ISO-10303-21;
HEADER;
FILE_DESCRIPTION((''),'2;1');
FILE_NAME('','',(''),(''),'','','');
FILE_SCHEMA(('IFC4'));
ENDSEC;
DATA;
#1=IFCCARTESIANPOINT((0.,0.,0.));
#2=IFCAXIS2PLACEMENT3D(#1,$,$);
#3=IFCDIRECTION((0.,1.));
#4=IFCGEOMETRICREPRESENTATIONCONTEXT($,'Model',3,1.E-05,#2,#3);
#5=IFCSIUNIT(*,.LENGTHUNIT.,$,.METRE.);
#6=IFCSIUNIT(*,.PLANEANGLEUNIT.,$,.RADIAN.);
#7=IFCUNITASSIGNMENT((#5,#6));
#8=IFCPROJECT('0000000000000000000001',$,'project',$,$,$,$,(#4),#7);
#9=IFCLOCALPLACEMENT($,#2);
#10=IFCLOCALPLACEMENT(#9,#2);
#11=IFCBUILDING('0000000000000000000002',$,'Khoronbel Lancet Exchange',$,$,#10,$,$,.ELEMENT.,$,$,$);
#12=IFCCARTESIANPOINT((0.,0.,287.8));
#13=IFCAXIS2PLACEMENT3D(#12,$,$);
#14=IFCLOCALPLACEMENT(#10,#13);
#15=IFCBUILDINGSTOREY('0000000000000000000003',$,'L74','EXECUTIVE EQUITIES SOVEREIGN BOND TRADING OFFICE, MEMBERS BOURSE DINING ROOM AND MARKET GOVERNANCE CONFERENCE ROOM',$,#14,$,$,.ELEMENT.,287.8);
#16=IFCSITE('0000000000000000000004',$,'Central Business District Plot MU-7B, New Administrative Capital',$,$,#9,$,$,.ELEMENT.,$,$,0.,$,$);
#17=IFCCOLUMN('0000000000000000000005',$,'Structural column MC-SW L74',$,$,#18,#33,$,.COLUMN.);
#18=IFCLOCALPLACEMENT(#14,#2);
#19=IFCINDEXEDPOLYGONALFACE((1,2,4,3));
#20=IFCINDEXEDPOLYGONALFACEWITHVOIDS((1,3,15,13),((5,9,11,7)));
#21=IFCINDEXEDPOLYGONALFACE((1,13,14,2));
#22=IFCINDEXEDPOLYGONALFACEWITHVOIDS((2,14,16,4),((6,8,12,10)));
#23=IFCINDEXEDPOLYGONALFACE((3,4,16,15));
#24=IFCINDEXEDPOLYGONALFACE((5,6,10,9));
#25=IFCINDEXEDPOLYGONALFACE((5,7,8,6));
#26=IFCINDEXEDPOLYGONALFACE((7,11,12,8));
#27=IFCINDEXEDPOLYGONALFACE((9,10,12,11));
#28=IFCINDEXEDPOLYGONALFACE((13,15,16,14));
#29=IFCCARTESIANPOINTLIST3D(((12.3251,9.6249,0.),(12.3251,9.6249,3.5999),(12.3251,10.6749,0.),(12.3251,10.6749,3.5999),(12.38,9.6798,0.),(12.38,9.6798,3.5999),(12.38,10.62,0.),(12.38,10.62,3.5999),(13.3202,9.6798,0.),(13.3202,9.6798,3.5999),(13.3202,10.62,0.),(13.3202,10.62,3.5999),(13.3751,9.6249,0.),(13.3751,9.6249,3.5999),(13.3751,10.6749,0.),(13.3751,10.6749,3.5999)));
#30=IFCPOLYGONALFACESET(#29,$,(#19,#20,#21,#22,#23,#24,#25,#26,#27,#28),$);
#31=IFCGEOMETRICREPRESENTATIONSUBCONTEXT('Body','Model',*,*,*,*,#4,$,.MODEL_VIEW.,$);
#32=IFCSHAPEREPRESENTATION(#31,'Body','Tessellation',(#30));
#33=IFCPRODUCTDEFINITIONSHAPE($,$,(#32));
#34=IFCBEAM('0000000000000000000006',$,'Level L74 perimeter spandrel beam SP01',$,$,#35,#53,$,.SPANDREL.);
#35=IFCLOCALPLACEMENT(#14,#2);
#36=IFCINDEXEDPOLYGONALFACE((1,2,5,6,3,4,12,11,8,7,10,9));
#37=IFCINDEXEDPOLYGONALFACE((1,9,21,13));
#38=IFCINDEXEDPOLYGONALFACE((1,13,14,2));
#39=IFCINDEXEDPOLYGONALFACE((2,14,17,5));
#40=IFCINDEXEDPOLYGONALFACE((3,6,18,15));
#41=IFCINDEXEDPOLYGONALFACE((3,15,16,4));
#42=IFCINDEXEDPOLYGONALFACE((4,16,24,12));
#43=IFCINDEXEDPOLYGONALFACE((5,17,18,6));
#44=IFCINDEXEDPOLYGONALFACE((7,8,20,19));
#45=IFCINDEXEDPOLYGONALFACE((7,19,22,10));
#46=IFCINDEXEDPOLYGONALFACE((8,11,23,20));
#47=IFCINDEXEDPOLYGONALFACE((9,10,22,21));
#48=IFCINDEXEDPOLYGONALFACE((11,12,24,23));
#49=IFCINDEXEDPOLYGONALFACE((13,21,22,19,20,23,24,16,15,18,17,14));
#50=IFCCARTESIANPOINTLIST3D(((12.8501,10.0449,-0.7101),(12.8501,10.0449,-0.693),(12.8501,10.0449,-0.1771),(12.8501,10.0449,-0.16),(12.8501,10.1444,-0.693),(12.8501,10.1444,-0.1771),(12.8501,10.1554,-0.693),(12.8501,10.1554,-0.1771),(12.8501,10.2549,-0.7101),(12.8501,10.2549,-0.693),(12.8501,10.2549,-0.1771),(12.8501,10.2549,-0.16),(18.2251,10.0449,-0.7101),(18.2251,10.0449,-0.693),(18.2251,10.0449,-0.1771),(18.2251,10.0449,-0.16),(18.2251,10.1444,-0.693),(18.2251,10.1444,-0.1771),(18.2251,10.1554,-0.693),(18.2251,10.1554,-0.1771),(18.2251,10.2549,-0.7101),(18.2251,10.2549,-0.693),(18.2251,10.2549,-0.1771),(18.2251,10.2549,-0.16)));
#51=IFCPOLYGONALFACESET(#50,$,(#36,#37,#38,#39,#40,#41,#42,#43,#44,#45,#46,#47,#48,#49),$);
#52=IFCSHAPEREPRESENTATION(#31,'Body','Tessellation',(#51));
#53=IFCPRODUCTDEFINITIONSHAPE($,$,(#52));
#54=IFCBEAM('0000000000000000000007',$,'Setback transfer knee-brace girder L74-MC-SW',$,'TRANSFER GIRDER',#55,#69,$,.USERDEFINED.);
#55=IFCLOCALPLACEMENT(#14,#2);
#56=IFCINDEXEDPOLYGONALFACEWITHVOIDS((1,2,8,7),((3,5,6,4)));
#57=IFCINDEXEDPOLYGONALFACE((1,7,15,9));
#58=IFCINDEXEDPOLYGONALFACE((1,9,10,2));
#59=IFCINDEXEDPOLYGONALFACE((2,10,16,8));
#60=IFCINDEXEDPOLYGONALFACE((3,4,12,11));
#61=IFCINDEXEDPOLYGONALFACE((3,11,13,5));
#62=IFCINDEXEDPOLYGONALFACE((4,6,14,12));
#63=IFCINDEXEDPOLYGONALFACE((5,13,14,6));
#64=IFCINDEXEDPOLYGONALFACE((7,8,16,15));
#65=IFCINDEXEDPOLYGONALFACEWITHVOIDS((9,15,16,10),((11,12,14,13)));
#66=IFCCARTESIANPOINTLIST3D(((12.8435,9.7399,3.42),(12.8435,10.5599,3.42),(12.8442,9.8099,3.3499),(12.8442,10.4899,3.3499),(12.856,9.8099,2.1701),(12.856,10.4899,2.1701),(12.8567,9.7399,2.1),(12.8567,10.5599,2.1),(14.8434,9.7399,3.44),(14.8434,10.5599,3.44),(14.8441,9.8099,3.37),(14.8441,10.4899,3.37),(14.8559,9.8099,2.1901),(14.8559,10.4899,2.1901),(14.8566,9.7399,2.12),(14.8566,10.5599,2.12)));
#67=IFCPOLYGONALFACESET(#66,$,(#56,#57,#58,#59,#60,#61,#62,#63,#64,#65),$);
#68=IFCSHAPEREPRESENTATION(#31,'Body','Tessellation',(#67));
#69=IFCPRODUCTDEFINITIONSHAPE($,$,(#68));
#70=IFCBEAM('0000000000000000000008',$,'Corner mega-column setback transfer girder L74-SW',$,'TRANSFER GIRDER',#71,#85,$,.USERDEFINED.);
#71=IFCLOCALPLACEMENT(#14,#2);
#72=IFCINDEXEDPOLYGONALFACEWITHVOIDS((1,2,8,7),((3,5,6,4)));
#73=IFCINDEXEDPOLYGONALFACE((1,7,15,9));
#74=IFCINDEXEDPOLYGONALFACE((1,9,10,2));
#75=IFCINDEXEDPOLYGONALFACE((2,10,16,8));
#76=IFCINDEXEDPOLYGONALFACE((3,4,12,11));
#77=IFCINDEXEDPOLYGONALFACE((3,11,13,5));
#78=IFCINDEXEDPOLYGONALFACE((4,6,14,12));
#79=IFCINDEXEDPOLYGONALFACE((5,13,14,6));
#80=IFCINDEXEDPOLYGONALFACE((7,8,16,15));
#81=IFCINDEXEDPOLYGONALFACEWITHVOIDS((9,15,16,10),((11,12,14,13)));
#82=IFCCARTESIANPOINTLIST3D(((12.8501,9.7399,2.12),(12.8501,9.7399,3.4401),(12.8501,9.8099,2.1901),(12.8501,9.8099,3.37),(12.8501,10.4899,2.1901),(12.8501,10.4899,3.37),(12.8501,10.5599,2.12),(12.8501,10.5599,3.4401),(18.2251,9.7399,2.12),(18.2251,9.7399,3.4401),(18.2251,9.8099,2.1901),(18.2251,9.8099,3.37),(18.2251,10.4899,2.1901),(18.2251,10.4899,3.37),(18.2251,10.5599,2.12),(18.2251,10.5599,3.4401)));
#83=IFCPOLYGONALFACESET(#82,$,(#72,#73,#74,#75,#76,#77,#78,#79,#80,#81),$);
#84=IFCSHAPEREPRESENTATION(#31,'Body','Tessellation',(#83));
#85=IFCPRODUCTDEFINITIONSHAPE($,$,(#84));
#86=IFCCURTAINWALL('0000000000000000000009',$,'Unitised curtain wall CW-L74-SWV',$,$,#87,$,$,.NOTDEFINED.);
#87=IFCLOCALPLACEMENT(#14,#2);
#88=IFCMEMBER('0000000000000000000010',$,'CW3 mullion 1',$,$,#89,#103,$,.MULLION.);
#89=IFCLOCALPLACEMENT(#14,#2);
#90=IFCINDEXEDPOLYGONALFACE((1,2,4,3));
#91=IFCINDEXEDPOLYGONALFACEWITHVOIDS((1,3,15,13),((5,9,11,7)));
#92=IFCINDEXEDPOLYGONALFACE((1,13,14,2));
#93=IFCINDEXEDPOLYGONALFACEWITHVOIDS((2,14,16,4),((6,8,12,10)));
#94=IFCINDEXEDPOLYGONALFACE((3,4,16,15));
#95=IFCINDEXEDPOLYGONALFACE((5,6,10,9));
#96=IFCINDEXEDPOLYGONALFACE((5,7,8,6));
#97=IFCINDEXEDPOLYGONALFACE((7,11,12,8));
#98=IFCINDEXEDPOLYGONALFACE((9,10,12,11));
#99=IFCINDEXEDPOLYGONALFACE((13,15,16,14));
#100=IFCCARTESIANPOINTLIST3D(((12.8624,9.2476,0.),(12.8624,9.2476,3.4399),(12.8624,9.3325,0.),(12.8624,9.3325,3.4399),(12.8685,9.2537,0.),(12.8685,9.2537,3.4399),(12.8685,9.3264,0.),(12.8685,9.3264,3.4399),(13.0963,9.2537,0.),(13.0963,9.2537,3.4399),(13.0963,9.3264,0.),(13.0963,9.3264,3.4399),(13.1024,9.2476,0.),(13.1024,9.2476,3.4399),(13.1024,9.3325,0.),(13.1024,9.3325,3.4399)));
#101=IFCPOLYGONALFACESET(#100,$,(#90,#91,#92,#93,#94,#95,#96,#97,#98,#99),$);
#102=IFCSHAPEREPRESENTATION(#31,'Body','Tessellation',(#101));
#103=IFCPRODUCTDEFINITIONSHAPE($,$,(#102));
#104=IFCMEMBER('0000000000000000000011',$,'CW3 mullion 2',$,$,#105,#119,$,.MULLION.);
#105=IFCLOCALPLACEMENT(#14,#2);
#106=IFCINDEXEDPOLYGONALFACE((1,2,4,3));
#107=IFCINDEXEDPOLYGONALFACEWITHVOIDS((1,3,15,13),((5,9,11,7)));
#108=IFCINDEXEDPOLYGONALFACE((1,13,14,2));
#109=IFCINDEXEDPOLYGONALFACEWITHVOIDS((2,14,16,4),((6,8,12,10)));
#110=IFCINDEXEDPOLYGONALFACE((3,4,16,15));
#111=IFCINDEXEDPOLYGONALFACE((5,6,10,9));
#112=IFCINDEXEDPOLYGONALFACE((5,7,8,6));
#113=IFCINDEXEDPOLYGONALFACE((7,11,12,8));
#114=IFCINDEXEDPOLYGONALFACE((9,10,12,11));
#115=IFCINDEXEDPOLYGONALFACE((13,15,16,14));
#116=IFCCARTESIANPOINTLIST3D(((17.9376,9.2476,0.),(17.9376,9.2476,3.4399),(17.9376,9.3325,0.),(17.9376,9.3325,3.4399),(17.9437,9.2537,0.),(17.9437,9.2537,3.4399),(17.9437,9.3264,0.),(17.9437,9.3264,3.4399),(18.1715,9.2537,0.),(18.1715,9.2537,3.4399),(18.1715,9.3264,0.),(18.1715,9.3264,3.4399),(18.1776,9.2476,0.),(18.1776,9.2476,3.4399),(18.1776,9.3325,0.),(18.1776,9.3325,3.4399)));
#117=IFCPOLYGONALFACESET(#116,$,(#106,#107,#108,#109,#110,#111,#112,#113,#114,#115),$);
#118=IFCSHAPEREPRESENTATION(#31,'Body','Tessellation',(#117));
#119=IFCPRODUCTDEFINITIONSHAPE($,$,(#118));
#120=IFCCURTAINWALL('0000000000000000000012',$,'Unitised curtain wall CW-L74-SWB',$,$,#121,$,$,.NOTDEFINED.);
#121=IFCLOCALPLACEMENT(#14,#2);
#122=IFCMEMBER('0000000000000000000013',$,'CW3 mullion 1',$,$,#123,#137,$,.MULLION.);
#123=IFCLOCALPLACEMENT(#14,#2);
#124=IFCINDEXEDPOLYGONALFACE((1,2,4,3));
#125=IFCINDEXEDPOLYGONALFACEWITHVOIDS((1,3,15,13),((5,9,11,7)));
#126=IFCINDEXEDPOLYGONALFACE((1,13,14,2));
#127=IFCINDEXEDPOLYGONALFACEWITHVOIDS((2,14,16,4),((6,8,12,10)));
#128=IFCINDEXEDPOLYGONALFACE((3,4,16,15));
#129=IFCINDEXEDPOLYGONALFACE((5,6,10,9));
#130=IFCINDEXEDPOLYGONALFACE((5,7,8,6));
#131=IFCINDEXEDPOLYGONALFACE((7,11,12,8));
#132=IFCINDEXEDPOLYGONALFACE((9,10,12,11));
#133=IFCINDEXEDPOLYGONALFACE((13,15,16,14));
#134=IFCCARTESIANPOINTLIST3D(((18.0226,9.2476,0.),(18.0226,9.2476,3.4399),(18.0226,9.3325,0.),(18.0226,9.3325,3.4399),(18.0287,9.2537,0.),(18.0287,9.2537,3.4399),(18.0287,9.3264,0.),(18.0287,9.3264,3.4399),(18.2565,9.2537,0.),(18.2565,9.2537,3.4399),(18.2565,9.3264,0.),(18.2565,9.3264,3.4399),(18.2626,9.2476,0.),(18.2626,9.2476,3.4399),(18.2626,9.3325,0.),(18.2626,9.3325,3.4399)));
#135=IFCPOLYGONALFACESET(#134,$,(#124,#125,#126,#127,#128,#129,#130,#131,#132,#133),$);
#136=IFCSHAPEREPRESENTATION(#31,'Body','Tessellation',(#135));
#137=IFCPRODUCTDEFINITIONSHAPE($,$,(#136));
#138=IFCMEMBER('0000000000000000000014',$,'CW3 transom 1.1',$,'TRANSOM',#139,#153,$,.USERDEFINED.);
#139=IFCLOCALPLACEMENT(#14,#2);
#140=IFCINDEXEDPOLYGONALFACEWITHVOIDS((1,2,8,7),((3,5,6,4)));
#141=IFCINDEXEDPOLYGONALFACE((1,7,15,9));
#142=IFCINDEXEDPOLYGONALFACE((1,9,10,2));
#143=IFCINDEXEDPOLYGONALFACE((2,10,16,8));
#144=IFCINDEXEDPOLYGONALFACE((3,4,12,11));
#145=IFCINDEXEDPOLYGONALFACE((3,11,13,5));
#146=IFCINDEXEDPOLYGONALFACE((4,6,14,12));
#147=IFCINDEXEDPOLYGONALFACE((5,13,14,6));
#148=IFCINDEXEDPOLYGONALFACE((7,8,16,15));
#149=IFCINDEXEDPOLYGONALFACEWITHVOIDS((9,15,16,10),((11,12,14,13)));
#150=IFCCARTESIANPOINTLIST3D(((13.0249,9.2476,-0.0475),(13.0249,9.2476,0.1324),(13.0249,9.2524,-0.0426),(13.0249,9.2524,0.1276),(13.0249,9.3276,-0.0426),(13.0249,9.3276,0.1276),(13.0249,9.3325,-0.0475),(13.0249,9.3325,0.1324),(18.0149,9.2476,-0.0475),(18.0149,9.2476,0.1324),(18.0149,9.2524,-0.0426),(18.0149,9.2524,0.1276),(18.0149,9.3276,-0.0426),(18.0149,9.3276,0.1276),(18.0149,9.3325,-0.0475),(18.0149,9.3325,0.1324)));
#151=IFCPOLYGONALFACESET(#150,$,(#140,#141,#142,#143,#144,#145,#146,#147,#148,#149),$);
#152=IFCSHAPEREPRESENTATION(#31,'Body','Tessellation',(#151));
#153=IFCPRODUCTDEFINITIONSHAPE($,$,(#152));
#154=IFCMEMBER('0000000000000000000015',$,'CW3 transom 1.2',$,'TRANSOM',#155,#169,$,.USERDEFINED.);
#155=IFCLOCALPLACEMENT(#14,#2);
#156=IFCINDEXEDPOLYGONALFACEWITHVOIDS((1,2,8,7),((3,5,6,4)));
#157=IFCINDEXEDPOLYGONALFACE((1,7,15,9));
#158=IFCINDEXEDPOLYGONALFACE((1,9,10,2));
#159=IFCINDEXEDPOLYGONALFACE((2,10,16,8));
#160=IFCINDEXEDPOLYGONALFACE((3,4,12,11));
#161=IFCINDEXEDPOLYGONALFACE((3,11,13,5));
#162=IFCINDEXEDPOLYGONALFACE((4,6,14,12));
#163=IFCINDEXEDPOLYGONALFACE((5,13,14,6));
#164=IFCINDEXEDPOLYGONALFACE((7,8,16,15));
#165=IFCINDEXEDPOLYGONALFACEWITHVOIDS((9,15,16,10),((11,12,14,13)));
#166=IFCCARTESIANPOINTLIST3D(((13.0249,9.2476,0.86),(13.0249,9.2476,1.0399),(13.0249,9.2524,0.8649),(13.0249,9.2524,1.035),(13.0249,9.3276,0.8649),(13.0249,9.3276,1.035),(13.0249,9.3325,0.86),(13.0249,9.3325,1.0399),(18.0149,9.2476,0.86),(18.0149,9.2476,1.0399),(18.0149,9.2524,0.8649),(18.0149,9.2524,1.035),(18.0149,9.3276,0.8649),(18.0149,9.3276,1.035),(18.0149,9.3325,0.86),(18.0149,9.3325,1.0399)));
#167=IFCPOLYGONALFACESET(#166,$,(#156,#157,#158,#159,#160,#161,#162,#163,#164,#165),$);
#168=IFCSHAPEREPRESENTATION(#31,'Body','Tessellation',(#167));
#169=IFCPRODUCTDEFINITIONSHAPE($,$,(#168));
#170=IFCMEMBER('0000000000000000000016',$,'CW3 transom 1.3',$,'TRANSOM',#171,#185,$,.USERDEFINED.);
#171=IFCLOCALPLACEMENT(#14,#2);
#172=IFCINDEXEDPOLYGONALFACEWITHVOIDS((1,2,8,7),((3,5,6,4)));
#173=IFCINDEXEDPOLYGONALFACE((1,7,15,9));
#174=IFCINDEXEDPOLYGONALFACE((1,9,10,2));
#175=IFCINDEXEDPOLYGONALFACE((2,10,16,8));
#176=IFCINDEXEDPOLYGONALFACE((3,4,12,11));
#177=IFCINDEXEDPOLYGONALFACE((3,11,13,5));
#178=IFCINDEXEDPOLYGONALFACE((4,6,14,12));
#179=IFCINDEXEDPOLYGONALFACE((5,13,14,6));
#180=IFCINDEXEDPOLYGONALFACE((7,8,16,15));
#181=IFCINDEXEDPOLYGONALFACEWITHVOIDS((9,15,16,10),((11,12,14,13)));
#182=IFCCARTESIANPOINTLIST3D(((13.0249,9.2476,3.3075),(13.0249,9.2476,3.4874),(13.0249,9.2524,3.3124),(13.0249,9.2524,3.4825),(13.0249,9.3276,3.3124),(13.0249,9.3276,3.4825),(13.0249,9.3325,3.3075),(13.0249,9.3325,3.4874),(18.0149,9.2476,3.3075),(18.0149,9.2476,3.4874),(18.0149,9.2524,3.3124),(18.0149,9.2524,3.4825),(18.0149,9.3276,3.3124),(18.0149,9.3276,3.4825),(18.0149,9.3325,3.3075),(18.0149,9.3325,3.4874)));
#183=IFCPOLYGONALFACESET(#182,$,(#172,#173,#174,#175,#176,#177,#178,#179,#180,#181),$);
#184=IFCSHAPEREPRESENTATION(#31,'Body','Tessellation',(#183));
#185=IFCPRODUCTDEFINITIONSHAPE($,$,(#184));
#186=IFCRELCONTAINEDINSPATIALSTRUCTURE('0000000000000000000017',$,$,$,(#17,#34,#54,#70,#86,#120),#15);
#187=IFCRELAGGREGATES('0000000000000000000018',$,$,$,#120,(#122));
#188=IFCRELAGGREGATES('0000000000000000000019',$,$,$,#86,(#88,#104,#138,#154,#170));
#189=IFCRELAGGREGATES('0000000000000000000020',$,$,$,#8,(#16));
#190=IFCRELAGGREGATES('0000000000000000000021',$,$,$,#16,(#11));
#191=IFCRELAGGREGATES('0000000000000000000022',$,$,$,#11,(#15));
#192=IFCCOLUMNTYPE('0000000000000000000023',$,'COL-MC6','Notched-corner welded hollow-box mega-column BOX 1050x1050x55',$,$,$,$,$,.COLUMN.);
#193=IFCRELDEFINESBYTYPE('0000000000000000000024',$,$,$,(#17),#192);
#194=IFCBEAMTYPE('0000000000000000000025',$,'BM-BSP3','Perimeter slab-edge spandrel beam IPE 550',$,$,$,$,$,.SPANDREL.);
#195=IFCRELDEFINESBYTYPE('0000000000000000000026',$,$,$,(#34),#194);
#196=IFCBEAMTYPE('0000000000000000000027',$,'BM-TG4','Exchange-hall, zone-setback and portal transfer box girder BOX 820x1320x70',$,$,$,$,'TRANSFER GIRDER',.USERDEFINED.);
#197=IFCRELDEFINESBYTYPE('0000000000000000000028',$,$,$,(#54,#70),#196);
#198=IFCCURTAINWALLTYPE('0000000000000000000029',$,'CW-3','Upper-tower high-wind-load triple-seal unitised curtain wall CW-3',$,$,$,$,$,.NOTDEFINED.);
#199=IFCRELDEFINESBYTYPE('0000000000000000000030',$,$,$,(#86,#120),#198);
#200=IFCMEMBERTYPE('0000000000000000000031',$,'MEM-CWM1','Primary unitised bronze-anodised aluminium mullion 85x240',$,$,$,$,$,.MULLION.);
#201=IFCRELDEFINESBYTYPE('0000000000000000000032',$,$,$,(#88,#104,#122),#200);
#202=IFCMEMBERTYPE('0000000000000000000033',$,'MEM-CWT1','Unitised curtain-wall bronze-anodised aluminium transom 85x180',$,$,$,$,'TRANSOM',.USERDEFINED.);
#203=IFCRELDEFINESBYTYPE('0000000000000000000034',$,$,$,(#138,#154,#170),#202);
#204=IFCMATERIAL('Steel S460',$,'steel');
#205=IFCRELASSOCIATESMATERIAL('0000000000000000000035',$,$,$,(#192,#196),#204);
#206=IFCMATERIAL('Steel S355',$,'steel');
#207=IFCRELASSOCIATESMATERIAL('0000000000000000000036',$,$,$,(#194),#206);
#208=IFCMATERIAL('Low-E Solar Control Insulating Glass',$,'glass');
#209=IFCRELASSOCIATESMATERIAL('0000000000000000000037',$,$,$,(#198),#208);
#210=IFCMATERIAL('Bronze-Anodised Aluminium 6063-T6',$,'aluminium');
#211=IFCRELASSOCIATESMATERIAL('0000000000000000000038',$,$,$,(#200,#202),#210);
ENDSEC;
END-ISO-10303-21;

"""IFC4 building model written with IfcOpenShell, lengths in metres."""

from ifc_helpers import new_model, si_unit, direction, frame, origin, origin_2d, place, context, subcontext, project, spatial, hollow_rectangle, i_section, extrude, material, material_profile, profile_set, type_object, element, aggregate, save


model = new_model("IFC4")

# Units and contexts
model_context = context("Model", 3, precision=1e-05, world=origin(), true_north=direction((0.0, 1.0)))
body_context = subcontext(model_context, "Body", "Model", "MODEL_VIEW")
ifc_project = project(units=[si_unit("LENGTHUNIT", "METRE"), si_unit("PLANEANGLEUNIT", "RADIAN")], contexts=[model_context])

# Site, building, storey
site_placement = place(None, origin())
site = spatial("IfcSite", under=ifc_project, at=site_placement, Name="Central Business District Plot MU-7B, New Administrative Capital", CompositionType="ELEMENT", RefElevation=0.0)
building_placement = place(site_placement, origin())
building = spatial("IfcBuilding", under=site, at=building_placement, Name="Khoronbel Lancet Exchange", CompositionType="ELEMENT")
storey_placement = place(building_placement, frame((0.0, 0.0, 287.8)))
storey = spatial("IfcBuildingStorey", under=building, at=storey_placement, Name="L74", Description="EXECUTIVE EQUITIES SOVEREIGN BOND TRADING OFFICE, MEMBERS BOURSE DINING ROOM AND MARKET GOVERNANCE CONFERENCE ROOM", CompositionType="ELEMENT", Elevation=287.8)

# Column
ifc_material_1 = material(Name="Steel S460", Category="steel")
ifc_material_profile_1 = material_profile(ifc_material_1, hollow_rectangle(XDim=1.05, YDim=1.05, WallThickness=0.0549, at=origin_2d()), Name="BOX 1050x1050x55")
ifc_profile_set_1 = profile_set([ifc_material_profile_1], Name="Steel S460")
column_type = type_object("IfcColumnType", Name="COL-MC6", Description="Notched-corner welded hollow-box mega-column BOX 1050x1050x55", PredefinedType="COLUMN", material=ifc_profile_set_1)
column_placement = place(storey_placement, frame((12.8501, 10.1499, 0.0), z_axis=(0.0, 0.0, 1.0), x_axis=(1.0, 0.0, 0.0)))
element("IfcColumn", 1, at=column_placement, inside=storey, type_object=column_type, Name="Structural column MC-SW L74", PredefinedType="COLUMN", context=body_context, shape_type="SweptSolid", body=[
    extrude(hollow_rectangle(XDim=1.05, YDim=1.05, WallThickness=0.0549, at=origin_2d()), origin(), (0.0, 0.0, 1.0), 3.5999),
])

# Beams
ifc_material_2 = material(Name="Steel S355", Category="steel")
ifc_material_profile_2 = material_profile(ifc_material_2, i_section(OverallWidth=0.21, OverallDepth=0.55, WebThickness=0.011, FlangeThickness=0.0171, at=origin_2d()), Name="IPE 550")
ifc_profile_set_2 = profile_set([ifc_material_profile_2], Name="Steel S355")
beam_type_1 = type_object("IfcBeamType", Name="BM-BSP3", Description="Perimeter slab-edge spandrel beam IPE 550", PredefinedType="SPANDREL", material=ifc_profile_set_2)
beam_1_placement = place(storey_placement, frame((12.8501, 10.1499, -0.4351), z_axis=(1.0, 0.0, 0.0), x_axis=(0.0, 1.0, 0.0)))
element("IfcBeam", 2, at=beam_1_placement, inside=storey, type_object=beam_type_1, Name="Level L74 perimeter spandrel beam SP01", PredefinedType="SPANDREL", context=body_context, shape_type="SweptSolid", body=[
    extrude(i_section(OverallWidth=0.21, OverallDepth=0.55, WebThickness=0.011, FlangeThickness=0.0171, at=origin_2d()), origin(), (0.0, 0.0, 1.0), 5.375),
])
ifc_material_profile_3 = material_profile(ifc_material_1, hollow_rectangle(XDim=0.8201, YDim=1.3201, WallThickness=0.0701, at=origin_2d()), Name="BOX 820x1320x70")
ifc_profile_set_3 = profile_set([ifc_material_profile_3], Name="Steel S460")
beam_type_2 = type_object("IfcBeamType", Name="BM-TG4", Description="Exchange-hall, zone-setback and portal transfer box girder BOX 820x1320x70", ElementType="TRANSFER GIRDER", PredefinedType="USERDEFINED", material=ifc_profile_set_3)
beam_2_placement = place(storey_placement, frame((12.8501, 10.1499, 2.76), z_axis=(0.99995, 0.0, 0.010009), x_axis=(0.0, 1.0, 0.0)))
element("IfcBeam", 3, at=beam_2_placement, inside=storey, type_object=beam_type_2, Name="Setback transfer knee-brace girder L74-MC-SW", ObjectType="TRANSFER GIRDER", PredefinedType="USERDEFINED", context=body_context, shape_type="SweptSolid", body=[
    extrude(hollow_rectangle(XDim=0.8201, YDim=1.3201, WallThickness=0.0701, at=origin_2d()), origin(), (0.0, 0.0, 1.0), 2.0),
])
beam_3_placement = place(storey_placement, frame((12.8501, 10.1499, 2.78), z_axis=(1.0, 0.0, 0.0), x_axis=(0.0, 1.0, 0.0)))
element("IfcBeam", 4, at=beam_3_placement, inside=storey, type_object=beam_type_2, Name="Corner mega-column setback transfer girder L74-SW", ObjectType="TRANSFER GIRDER", PredefinedType="USERDEFINED", context=body_context, shape_type="SweptSolid", body=[
    extrude(hollow_rectangle(XDim=0.8201, YDim=1.3201, WallThickness=0.0701, at=origin_2d()), origin(), (0.0, 0.0, 1.0), 5.375),
])

# Curtain wall, members
ifc_material_3 = material(Name="Low-E Solar Control Insulating Glass", Category="glass")
curtain_wall_type = type_object("IfcCurtainWallType", Name="CW-3", Description="Upper-tower high-wind-load triple-seal unitised curtain wall CW-3", PredefinedType="NOTDEFINED", material=ifc_material_3)
curtain_wall_1_placement = place(storey_placement, origin())
curtain_wall_1 = element("IfcCurtainWall", 5, at=curtain_wall_1_placement, inside=storey, type_object=curtain_wall_type, Name="Unitised curtain wall CW-L74-SWV", PredefinedType="NOTDEFINED")
ifc_material_4 = material(Name="Bronze-Anodised Aluminium 6063-T6", Category="aluminium")
ifc_material_profile_4 = material_profile(ifc_material_4, hollow_rectangle(XDim=0.085, YDim=0.24, WallThickness=0.0061, at=origin_2d()), Name="ALU MULLION 85x240")
ifc_profile_set_4 = profile_set([ifc_material_profile_4], Name="Bronze-Anodised Aluminium 6063-T6")
member_type_1 = type_object("IfcMemberType", Name="MEM-CWM1", Description="Primary unitised bronze-anodised aluminium mullion 85x240", PredefinedType="MULLION", material=ifc_profile_set_4)
member_1_placement = place(storey_placement, frame((12.9824, 9.29, 0.0), z_axis=(0.0, 0.0, 1.0), x_axis=(0.0, 1.0, 0.0)))
member_1 = element("IfcMember", 6, at=member_1_placement, type_object=member_type_1, Name="CW3 mullion 1", PredefinedType="MULLION", context=body_context, shape_type="SweptSolid", body=[
    extrude(hollow_rectangle(XDim=0.085, YDim=0.24, WallThickness=0.0061, at=origin_2d()), origin(), (0.0, 0.0, 1.0), 3.4399),
])
member_2_placement = place(storey_placement, frame((18.0576, 9.29, 0.0), z_axis=(0.0, 0.0, 1.0), x_axis=(0.0, 1.0, 0.0)))
member_2 = element("IfcMember", 7, at=member_2_placement, type_object=member_type_1, Name="CW3 mullion 2", PredefinedType="MULLION", context=body_context, shape_type="SweptSolid", body=[
    extrude(hollow_rectangle(XDim=0.085, YDim=0.24, WallThickness=0.0061, at=origin_2d()), origin(), (0.0, 0.0, 1.0), 3.4399),
])

# Curtain wall, member
curtain_wall_2_placement = place(storey_placement, origin())
curtain_wall_2 = element("IfcCurtainWall", 8, at=curtain_wall_2_placement, inside=storey, type_object=curtain_wall_type, Name="Unitised curtain wall CW-L74-SWB", PredefinedType="NOTDEFINED")
member_3_placement = place(storey_placement, frame((18.1426, 9.29, 0.0), z_axis=(0.0, 0.0, 1.0), x_axis=(0.0, 1.0, 0.0)))
member_3 = element("IfcMember", 9, at=member_3_placement, type_object=member_type_1, Name="CW3 mullion 1", PredefinedType="MULLION", context=body_context, shape_type="SweptSolid", body=[
    extrude(hollow_rectangle(XDim=0.085, YDim=0.24, WallThickness=0.0061, at=origin_2d()), origin(), (0.0, 0.0, 1.0), 3.4399),
])
aggregate(curtain_wall_2, [member_3])

# Members
ifc_material_profile_5 = material_profile(ifc_material_4, hollow_rectangle(XDim=0.085, YDim=0.1799, WallThickness=0.0049, at=origin_2d()), Name="ALU TRANSOM 85x180")
ifc_profile_set_5 = profile_set([ifc_material_profile_5], Name="Bronze-Anodised Aluminium 6063-T6")
member_type_2 = type_object("IfcMemberType", Name="MEM-CWT1", Description="Unitised curtain-wall bronze-anodised aluminium transom 85x180", ElementType="TRANSOM", PredefinedType="USERDEFINED", material=ifc_profile_set_5)
member_4_placement = place(storey_placement, frame((13.0249, 9.29, 0.0425), z_axis=(1.0, 0.0, 0.0), x_axis=(0.0, 1.0, 0.0)))
member_4 = element("IfcMember", 10, at=member_4_placement, type_object=member_type_2, Name="CW3 transom 1.1", ObjectType="TRANSOM", PredefinedType="USERDEFINED", context=body_context, shape_type="SweptSolid", body=[
    extrude(hollow_rectangle(XDim=0.085, YDim=0.1799, WallThickness=0.0049, at=origin_2d()), origin(), (0.0, 0.0, 1.0), 4.99),
])
member_5_placement = place(storey_placement, frame((13.0249, 9.29, 0.95), z_axis=(1.0, 0.0, 0.0), x_axis=(0.0, 1.0, 0.0)))
member_5 = element("IfcMember", 11, at=member_5_placement, type_object=member_type_2, Name="CW3 transom 1.2", ObjectType="TRANSOM", PredefinedType="USERDEFINED", context=body_context, shape_type="SweptSolid", body=[
    extrude(hollow_rectangle(XDim=0.085, YDim=0.1799, WallThickness=0.0049, at=origin_2d()), origin(), (0.0, 0.0, 1.0), 4.99),
])
member_6_placement = place(storey_placement, frame((13.0249, 9.29, 3.3975), z_axis=(1.0, 0.0, 0.0), x_axis=(0.0, 1.0, 0.0)))
member_6 = element("IfcMember", 12, at=member_6_placement, type_object=member_type_2, Name="CW3 transom 1.3", ObjectType="TRANSOM", PredefinedType="USERDEFINED", context=body_context, shape_type="SweptSolid", body=[
    extrude(hollow_rectangle(XDim=0.085, YDim=0.1799, WallThickness=0.0049, at=origin_2d()), origin(), (0.0, 0.0, 1.0), 4.99),
])

aggregate(curtain_wall_1, [member_1, member_2, member_4, member_5, member_6])

save(model, "model.ifc")
